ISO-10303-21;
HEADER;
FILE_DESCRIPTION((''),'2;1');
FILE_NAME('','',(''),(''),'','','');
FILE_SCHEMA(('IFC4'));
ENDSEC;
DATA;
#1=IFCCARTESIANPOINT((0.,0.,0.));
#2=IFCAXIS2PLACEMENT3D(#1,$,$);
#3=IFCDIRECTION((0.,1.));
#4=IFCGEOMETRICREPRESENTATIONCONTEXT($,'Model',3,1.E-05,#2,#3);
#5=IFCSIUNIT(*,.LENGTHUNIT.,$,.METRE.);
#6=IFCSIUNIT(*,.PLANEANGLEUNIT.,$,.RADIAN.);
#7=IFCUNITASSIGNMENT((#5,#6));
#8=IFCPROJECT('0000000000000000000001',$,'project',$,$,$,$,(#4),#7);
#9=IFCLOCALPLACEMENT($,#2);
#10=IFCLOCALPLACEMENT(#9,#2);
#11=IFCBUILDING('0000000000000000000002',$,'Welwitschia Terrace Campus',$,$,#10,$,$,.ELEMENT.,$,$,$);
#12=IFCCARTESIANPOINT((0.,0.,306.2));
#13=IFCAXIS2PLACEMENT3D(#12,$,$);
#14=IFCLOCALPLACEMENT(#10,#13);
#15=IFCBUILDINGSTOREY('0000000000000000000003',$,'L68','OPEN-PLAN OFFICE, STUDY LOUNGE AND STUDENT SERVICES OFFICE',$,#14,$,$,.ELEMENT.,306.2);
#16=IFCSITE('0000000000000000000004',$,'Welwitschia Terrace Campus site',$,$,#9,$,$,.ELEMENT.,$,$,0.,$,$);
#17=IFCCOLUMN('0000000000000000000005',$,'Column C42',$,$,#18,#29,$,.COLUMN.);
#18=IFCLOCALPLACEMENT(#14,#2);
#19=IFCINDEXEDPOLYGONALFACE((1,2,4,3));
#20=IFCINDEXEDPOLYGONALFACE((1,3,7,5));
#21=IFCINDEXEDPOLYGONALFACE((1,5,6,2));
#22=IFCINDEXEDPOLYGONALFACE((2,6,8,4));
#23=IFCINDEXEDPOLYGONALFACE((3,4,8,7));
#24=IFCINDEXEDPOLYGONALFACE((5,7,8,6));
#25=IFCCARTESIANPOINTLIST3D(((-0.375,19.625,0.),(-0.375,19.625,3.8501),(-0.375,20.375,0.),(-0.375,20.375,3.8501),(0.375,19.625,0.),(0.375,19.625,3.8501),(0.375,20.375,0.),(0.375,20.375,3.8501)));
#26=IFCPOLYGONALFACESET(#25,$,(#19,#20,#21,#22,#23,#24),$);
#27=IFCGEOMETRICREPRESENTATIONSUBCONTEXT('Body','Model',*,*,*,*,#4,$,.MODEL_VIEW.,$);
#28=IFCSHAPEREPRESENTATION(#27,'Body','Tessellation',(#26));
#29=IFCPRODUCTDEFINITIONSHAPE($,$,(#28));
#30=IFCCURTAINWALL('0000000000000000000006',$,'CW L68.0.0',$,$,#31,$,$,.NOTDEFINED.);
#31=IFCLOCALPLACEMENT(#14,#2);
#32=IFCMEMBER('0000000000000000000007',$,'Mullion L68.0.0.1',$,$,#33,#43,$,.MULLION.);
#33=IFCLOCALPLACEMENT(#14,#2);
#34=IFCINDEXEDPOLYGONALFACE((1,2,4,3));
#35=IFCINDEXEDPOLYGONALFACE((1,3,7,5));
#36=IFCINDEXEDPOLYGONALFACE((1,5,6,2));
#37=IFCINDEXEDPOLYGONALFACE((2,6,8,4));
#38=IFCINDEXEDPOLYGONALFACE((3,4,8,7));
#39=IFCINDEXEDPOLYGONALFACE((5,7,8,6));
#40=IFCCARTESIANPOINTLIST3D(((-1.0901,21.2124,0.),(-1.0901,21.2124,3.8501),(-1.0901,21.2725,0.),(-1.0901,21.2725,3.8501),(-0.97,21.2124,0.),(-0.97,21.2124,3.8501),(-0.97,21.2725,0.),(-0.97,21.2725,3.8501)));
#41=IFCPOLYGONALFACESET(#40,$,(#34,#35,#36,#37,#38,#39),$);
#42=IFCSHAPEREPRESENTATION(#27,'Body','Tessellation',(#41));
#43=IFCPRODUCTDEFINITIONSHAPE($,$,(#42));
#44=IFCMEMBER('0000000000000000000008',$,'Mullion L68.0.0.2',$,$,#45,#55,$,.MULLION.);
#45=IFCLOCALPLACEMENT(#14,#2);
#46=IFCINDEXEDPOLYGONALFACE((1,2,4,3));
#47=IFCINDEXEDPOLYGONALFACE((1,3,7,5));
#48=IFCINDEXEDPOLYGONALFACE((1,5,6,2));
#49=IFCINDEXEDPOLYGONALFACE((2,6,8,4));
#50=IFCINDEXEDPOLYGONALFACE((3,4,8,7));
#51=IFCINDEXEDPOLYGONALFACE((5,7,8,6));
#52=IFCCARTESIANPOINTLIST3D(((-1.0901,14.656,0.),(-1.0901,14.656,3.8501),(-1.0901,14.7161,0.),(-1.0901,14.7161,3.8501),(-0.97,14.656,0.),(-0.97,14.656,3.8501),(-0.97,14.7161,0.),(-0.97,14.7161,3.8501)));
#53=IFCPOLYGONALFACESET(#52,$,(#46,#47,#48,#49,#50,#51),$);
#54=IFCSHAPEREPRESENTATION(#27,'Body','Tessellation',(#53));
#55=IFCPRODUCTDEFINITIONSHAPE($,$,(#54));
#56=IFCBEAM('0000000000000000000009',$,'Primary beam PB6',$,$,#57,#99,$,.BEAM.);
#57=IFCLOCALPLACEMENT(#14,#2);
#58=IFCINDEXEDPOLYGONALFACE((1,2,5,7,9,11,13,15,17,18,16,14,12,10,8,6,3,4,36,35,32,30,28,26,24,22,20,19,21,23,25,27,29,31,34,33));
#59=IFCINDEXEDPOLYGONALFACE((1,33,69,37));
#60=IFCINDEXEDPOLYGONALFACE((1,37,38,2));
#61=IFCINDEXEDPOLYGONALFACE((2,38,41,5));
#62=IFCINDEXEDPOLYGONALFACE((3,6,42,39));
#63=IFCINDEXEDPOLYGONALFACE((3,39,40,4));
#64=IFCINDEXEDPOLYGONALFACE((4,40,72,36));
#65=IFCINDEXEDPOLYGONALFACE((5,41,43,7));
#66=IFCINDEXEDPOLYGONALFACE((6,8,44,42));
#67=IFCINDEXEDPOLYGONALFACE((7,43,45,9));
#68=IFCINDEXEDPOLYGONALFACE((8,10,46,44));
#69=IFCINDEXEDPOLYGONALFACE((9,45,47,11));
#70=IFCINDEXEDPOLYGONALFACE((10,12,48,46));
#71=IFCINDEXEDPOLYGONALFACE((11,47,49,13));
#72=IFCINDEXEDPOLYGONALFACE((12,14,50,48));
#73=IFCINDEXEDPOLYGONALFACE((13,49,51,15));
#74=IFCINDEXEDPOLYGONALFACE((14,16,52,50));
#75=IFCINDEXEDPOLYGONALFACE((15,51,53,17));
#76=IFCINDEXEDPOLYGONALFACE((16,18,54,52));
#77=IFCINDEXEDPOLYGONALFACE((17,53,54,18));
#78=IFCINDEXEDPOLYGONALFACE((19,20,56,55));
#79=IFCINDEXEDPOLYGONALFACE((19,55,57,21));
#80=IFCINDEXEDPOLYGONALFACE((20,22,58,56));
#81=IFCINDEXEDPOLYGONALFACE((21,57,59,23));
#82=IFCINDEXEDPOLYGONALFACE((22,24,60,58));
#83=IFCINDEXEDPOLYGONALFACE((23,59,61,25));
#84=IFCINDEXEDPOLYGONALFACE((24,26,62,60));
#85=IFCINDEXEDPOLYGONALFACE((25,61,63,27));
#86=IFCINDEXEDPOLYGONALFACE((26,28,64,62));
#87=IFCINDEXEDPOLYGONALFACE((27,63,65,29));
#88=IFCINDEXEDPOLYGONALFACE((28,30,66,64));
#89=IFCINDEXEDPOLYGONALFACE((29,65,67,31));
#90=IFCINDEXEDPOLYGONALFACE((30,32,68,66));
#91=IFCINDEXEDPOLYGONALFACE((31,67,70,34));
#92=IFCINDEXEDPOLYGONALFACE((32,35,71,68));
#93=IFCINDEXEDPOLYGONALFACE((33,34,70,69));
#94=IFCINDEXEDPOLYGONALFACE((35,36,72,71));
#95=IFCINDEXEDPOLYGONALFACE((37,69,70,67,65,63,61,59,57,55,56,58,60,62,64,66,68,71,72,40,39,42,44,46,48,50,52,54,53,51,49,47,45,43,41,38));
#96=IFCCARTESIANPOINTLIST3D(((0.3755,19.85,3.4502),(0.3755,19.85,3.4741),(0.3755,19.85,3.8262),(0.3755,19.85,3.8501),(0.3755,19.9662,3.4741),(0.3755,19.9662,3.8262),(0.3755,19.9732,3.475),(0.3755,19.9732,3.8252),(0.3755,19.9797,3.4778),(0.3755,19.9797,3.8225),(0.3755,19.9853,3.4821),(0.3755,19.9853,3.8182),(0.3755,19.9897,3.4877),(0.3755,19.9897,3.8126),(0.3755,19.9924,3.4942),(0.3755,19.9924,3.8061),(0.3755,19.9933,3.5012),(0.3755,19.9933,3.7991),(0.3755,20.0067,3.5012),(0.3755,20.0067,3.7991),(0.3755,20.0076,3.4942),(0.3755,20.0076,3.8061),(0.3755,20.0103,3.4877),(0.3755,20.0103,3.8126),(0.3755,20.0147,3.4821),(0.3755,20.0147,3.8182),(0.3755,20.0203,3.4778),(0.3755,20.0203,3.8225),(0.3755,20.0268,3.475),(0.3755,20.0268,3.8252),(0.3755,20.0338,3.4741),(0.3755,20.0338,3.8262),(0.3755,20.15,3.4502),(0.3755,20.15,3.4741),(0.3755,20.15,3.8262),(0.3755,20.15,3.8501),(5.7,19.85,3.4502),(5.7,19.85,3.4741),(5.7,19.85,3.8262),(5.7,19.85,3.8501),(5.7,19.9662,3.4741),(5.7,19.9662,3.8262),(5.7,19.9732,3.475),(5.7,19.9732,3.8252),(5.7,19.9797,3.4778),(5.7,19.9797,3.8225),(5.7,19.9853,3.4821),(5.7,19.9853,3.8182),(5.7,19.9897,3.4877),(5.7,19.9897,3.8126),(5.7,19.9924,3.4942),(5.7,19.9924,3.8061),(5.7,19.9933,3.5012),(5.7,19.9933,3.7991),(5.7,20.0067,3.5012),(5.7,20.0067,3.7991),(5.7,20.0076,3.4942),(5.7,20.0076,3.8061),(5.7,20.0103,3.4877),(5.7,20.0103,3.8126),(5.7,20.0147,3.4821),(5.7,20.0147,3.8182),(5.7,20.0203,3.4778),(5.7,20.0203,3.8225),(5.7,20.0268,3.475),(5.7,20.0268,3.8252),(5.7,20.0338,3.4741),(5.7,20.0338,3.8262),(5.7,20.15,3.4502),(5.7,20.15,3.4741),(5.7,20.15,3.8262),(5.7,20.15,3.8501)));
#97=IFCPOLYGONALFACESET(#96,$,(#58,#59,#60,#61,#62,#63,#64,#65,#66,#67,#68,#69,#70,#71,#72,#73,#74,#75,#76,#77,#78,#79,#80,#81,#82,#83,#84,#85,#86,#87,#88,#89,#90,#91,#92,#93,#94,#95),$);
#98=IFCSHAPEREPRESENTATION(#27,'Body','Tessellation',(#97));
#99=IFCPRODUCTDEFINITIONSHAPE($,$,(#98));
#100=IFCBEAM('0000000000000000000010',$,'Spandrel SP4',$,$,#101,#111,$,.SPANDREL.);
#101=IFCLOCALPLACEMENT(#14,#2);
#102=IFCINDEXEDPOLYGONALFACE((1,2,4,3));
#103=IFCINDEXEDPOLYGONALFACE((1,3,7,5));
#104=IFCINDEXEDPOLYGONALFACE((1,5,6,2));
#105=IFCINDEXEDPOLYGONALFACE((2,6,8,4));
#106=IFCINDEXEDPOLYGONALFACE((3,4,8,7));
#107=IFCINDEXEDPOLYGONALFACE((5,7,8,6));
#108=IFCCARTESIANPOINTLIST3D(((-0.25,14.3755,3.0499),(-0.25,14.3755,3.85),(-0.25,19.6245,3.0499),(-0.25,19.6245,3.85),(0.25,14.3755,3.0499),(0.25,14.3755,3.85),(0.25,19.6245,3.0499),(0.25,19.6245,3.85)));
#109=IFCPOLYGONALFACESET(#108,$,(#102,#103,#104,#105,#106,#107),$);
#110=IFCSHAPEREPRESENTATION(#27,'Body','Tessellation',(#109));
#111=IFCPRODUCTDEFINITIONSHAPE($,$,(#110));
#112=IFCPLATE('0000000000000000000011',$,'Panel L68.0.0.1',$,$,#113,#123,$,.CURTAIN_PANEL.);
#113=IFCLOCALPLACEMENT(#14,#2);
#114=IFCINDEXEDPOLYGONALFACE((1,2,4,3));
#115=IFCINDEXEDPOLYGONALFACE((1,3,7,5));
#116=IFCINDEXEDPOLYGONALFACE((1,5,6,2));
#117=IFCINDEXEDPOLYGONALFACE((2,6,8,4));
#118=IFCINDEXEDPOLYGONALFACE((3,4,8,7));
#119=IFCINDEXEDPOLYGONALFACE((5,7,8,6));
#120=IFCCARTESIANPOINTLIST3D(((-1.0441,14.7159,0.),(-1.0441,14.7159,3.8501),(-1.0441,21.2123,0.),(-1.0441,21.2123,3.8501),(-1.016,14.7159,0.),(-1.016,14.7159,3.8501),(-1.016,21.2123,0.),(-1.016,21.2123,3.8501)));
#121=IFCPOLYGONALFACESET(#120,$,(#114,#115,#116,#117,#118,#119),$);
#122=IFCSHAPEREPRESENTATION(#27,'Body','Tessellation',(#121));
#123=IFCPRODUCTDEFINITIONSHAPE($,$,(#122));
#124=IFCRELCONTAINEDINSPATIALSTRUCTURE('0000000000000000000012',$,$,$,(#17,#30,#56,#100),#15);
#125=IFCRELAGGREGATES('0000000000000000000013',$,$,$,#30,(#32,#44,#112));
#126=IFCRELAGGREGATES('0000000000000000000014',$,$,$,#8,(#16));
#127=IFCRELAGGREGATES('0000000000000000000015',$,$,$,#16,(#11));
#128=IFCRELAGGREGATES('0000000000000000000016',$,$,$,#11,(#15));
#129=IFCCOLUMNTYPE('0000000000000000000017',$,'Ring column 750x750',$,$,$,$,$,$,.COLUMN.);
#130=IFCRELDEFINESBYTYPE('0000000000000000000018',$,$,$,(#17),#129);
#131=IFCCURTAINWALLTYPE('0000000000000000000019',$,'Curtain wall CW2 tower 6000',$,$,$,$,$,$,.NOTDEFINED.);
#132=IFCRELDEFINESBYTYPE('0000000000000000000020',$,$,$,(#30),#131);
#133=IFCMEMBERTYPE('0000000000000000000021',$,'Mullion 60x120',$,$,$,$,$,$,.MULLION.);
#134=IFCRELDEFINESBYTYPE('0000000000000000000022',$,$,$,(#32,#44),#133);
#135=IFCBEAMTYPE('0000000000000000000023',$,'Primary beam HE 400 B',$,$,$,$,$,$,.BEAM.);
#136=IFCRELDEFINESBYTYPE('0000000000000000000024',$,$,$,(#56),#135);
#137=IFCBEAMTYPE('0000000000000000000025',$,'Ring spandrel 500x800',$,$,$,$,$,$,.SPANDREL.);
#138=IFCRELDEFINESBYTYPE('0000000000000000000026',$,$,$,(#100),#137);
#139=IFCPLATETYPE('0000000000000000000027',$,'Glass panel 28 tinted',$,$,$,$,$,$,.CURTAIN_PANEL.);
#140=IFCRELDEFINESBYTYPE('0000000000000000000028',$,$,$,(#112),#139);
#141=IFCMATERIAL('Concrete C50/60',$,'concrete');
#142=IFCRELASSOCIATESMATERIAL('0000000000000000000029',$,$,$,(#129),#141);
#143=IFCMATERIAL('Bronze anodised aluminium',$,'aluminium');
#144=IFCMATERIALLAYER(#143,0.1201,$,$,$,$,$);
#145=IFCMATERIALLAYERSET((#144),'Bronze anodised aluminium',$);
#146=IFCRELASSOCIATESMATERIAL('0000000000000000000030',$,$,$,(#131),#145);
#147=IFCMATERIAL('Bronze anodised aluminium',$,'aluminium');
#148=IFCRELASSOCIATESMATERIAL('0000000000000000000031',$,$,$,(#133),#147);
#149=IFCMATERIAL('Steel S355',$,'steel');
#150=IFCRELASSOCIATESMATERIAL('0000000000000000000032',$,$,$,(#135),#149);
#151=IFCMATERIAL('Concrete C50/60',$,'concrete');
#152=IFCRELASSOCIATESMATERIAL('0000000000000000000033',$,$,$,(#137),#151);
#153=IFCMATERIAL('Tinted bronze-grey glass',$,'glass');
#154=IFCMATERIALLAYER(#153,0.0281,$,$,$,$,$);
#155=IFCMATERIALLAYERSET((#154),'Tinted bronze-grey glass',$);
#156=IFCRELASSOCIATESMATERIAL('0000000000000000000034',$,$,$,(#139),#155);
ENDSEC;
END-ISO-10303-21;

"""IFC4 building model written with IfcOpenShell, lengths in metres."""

from ifc_helpers import new_model, si_unit, direction, frame, origin, origin_2d, place, context, subcontext, project, spatial, rectangle, i_section, extrude, material, layer, layer_set, material_profile, profile_set, type_object, element, aggregate, save


model = new_model("IFC4")

# Units and contexts
model_context = context("Model", 3, precision=1e-05, world=origin(), true_north=direction((0.0, 1.0)))
body_context = subcontext(model_context, "Body", "Model", "MODEL_VIEW")
ifc_project = project(units=[si_unit("LENGTHUNIT", "METRE"), si_unit("PLANEANGLEUNIT", "RADIAN")], contexts=[model_context])

# Site, building, storey
site_placement = place(None, origin())
site = spatial("IfcSite", under=ifc_project, at=site_placement, Name="Welwitschia Terrace Campus site", CompositionType="ELEMENT", RefElevation=0.0)
building_placement = place(site_placement, origin())
building = spatial("IfcBuilding", under=site, at=building_placement, Name="Welwitschia Terrace Campus", CompositionType="ELEMENT")
storey_placement = place(building_placement, frame((0.0, 0.0, 306.2)))
storey = spatial("IfcBuildingStorey", under=building, at=storey_placement, Name="L68", Description="OPEN-PLAN OFFICE, STUDY LOUNGE AND STUDENT SERVICES OFFICE", CompositionType="ELEMENT", Elevation=306.2)

# Column
ifc_material_1 = material(Name="Concrete C50/60", Category="concrete")
ifc_material_profile_1 = material_profile(ifc_material_1, rectangle(XDim=0.75, YDim=0.75, at=origin_2d()))
ifc_profile_set_1 = profile_set([ifc_material_profile_1], Name="Concrete C50/60")
column_type = type_object("IfcColumnType", Name="Ring column 750x750", PredefinedType="COLUMN", material=ifc_profile_set_1)
column_placement = place(storey_placement, frame((0.0, 20.0, 0.0), z_axis=(0.0, 0.0, 1.0), x_axis=(1.0, 0.0, 0.0)))
element("IfcColumn", 1, at=column_placement, inside=storey, type_object=column_type, Name="Column C42", PredefinedType="COLUMN", context=body_context, shape_type="SweptSolid", body=[
    extrude(rectangle(XDim=0.75, YDim=0.75, at=origin_2d()), origin(), (0.0, 0.0, 1.0), 3.8501),
])

# Curtain wall, members
ifc_material_2 = material(Name="Bronze anodised aluminium", Category="aluminium")
ifc_layer_1 = layer(ifc_material_2, 0.1201)
ifc_layer_set_1 = layer_set([ifc_layer_1], Name="Bronze anodised aluminium")
curtain_wall_type = type_object("IfcCurtainWallType", Name="Curtain wall CW2 tower 6000", PredefinedType="NOTDEFINED", material=ifc_layer_set_1)
curtain_wall_placement = place(storey_placement, origin())
curtain_wall = element("IfcCurtainWall", 2, at=curtain_wall_placement, inside=storey, type_object=curtain_wall_type, Name="CW L68.0.0", PredefinedType="NOTDEFINED")
ifc_material_3 = material(Name="Bronze anodised aluminium", Category="aluminium")
ifc_material_profile_2 = material_profile(ifc_material_3, rectangle(XDim=0.1201, YDim=0.0601, at=origin_2d()))
ifc_profile_set_2 = profile_set([ifc_material_profile_2], Name="Bronze anodised aluminium")
member_type = type_object("IfcMemberType", Name="Mullion 60x120", PredefinedType="MULLION", material=ifc_profile_set_2)
member_1_placement = place(storey_placement, frame((-1.03, 21.2424, 0.0), z_axis=(0.0, 0.0, 1.0), x_axis=(1.0, 0.0, 0.0)))
member_1 = element("IfcMember", 3, at=member_1_placement, type_object=member_type, Name="Mullion L68.0.0.1", PredefinedType="MULLION", context=body_context, shape_type="SweptSolid", body=[
    extrude(rectangle(XDim=0.1201, YDim=0.0601, at=origin_2d()), origin(), (0.0, 0.0, 1.0), 3.8501),
])
member_2_placement = place(storey_placement, frame((-1.03, 14.686, 0.0), z_axis=(0.0, 0.0, 1.0), x_axis=(1.0, 0.0, 0.0)))
member_2 = element("IfcMember", 4, at=member_2_placement, type_object=member_type, Name="Mullion L68.0.0.2", PredefinedType="MULLION", context=body_context, shape_type="SweptSolid", body=[
    extrude(rectangle(XDim=0.1201, YDim=0.0601, at=origin_2d()), origin(), (0.0, 0.0, 1.0), 3.8501),
])

# Beams
ifc_material_4 = material(Name="Steel S355", Category="steel")
ifc_material_profile_3 = material_profile(ifc_material_4, i_section(OverallWidth=0.3, OverallDepth=0.3999, WebThickness=0.0134, FlangeThickness=0.0239, FilletRadius=0.0271, at=origin_2d()))
ifc_profile_set_3 = profile_set([ifc_material_profile_3], Name="Steel S355")
beam_type_1 = type_object("IfcBeamType", Name="Primary beam HE 400 B", PredefinedType="BEAM", material=ifc_profile_set_3)
beam_1_placement = place(storey_placement, frame((0.3755, 20.0, 3.6501), z_axis=(1.0, 0.0, 0.0), x_axis=(0.0, 1.0, 0.0)))
element("IfcBeam", 5, at=beam_1_placement, inside=storey, type_object=beam_type_1, Name="Primary beam PB6", PredefinedType="BEAM", context=body_context, shape_type="SweptSolid", body=[
    extrude(i_section(OverallWidth=0.3, OverallDepth=0.3999, WebThickness=0.0134, FlangeThickness=0.0239, FilletRadius=0.0271, at=origin_2d()), origin(), (0.0, 0.0, 1.0), 5.3245),
])
ifc_material_5 = material(Name="Concrete C50/60", Category="concrete")
ifc_material_profile_4 = material_profile(ifc_material_5, rectangle(XDim=0.5, YDim=0.8, at=origin_2d()))
ifc_profile_set_4 = profile_set([ifc_material_profile_4], Name="Concrete C50/60")
beam_type_2 = type_object("IfcBeamType", Name="Ring spandrel 500x800", PredefinedType="SPANDREL", material=ifc_profile_set_4)
beam_2_placement = place(storey_placement, frame((0.0, 19.6245, 3.45), z_axis=(0.0, -1.0, 0.0), x_axis=(1.0, 0.0, 0.0)))
element("IfcBeam", 6, at=beam_2_placement, inside=storey, type_object=beam_type_2, Name="Spandrel SP4", PredefinedType="SPANDREL", context=body_context, shape_type="SweptSolid", body=[
    extrude(rectangle(XDim=0.5, YDim=0.8, at=origin_2d()), origin(), (0.0, 0.0, 1.0), 5.249),
])

# Plate
ifc_material_6 = material(Name="Tinted bronze-grey glass", Category="glass")
ifc_layer_2 = layer(ifc_material_6, 0.0281)
ifc_layer_set_2 = layer_set([ifc_layer_2], Name="Tinted bronze-grey glass")
plate_type = type_object("IfcPlateType", Name="Glass panel 28 tinted", PredefinedType="CURTAIN_PANEL", material=ifc_layer_set_2)
plate_placement = place(storey_placement, frame((-1.03, 17.9641, 0.0), z_axis=(0.0, 0.0, 1.0), x_axis=(0.0, -1.0, 0.0)))
plate = element("IfcPlate", 7, at=plate_placement, type_object=plate_type, Name="Panel L68.0.0.1", PredefinedType="CURTAIN_PANEL", context=body_context, shape_type="SweptSolid", body=[
    extrude(rectangle(XDim=6.4963, YDim=0.0281, at=origin_2d()), origin(), (0.0, 0.0, 1.0), 3.8501),
])
aggregate(curtain_wall, [member_1, member_2, plate])

save(model, "model.ifc")
